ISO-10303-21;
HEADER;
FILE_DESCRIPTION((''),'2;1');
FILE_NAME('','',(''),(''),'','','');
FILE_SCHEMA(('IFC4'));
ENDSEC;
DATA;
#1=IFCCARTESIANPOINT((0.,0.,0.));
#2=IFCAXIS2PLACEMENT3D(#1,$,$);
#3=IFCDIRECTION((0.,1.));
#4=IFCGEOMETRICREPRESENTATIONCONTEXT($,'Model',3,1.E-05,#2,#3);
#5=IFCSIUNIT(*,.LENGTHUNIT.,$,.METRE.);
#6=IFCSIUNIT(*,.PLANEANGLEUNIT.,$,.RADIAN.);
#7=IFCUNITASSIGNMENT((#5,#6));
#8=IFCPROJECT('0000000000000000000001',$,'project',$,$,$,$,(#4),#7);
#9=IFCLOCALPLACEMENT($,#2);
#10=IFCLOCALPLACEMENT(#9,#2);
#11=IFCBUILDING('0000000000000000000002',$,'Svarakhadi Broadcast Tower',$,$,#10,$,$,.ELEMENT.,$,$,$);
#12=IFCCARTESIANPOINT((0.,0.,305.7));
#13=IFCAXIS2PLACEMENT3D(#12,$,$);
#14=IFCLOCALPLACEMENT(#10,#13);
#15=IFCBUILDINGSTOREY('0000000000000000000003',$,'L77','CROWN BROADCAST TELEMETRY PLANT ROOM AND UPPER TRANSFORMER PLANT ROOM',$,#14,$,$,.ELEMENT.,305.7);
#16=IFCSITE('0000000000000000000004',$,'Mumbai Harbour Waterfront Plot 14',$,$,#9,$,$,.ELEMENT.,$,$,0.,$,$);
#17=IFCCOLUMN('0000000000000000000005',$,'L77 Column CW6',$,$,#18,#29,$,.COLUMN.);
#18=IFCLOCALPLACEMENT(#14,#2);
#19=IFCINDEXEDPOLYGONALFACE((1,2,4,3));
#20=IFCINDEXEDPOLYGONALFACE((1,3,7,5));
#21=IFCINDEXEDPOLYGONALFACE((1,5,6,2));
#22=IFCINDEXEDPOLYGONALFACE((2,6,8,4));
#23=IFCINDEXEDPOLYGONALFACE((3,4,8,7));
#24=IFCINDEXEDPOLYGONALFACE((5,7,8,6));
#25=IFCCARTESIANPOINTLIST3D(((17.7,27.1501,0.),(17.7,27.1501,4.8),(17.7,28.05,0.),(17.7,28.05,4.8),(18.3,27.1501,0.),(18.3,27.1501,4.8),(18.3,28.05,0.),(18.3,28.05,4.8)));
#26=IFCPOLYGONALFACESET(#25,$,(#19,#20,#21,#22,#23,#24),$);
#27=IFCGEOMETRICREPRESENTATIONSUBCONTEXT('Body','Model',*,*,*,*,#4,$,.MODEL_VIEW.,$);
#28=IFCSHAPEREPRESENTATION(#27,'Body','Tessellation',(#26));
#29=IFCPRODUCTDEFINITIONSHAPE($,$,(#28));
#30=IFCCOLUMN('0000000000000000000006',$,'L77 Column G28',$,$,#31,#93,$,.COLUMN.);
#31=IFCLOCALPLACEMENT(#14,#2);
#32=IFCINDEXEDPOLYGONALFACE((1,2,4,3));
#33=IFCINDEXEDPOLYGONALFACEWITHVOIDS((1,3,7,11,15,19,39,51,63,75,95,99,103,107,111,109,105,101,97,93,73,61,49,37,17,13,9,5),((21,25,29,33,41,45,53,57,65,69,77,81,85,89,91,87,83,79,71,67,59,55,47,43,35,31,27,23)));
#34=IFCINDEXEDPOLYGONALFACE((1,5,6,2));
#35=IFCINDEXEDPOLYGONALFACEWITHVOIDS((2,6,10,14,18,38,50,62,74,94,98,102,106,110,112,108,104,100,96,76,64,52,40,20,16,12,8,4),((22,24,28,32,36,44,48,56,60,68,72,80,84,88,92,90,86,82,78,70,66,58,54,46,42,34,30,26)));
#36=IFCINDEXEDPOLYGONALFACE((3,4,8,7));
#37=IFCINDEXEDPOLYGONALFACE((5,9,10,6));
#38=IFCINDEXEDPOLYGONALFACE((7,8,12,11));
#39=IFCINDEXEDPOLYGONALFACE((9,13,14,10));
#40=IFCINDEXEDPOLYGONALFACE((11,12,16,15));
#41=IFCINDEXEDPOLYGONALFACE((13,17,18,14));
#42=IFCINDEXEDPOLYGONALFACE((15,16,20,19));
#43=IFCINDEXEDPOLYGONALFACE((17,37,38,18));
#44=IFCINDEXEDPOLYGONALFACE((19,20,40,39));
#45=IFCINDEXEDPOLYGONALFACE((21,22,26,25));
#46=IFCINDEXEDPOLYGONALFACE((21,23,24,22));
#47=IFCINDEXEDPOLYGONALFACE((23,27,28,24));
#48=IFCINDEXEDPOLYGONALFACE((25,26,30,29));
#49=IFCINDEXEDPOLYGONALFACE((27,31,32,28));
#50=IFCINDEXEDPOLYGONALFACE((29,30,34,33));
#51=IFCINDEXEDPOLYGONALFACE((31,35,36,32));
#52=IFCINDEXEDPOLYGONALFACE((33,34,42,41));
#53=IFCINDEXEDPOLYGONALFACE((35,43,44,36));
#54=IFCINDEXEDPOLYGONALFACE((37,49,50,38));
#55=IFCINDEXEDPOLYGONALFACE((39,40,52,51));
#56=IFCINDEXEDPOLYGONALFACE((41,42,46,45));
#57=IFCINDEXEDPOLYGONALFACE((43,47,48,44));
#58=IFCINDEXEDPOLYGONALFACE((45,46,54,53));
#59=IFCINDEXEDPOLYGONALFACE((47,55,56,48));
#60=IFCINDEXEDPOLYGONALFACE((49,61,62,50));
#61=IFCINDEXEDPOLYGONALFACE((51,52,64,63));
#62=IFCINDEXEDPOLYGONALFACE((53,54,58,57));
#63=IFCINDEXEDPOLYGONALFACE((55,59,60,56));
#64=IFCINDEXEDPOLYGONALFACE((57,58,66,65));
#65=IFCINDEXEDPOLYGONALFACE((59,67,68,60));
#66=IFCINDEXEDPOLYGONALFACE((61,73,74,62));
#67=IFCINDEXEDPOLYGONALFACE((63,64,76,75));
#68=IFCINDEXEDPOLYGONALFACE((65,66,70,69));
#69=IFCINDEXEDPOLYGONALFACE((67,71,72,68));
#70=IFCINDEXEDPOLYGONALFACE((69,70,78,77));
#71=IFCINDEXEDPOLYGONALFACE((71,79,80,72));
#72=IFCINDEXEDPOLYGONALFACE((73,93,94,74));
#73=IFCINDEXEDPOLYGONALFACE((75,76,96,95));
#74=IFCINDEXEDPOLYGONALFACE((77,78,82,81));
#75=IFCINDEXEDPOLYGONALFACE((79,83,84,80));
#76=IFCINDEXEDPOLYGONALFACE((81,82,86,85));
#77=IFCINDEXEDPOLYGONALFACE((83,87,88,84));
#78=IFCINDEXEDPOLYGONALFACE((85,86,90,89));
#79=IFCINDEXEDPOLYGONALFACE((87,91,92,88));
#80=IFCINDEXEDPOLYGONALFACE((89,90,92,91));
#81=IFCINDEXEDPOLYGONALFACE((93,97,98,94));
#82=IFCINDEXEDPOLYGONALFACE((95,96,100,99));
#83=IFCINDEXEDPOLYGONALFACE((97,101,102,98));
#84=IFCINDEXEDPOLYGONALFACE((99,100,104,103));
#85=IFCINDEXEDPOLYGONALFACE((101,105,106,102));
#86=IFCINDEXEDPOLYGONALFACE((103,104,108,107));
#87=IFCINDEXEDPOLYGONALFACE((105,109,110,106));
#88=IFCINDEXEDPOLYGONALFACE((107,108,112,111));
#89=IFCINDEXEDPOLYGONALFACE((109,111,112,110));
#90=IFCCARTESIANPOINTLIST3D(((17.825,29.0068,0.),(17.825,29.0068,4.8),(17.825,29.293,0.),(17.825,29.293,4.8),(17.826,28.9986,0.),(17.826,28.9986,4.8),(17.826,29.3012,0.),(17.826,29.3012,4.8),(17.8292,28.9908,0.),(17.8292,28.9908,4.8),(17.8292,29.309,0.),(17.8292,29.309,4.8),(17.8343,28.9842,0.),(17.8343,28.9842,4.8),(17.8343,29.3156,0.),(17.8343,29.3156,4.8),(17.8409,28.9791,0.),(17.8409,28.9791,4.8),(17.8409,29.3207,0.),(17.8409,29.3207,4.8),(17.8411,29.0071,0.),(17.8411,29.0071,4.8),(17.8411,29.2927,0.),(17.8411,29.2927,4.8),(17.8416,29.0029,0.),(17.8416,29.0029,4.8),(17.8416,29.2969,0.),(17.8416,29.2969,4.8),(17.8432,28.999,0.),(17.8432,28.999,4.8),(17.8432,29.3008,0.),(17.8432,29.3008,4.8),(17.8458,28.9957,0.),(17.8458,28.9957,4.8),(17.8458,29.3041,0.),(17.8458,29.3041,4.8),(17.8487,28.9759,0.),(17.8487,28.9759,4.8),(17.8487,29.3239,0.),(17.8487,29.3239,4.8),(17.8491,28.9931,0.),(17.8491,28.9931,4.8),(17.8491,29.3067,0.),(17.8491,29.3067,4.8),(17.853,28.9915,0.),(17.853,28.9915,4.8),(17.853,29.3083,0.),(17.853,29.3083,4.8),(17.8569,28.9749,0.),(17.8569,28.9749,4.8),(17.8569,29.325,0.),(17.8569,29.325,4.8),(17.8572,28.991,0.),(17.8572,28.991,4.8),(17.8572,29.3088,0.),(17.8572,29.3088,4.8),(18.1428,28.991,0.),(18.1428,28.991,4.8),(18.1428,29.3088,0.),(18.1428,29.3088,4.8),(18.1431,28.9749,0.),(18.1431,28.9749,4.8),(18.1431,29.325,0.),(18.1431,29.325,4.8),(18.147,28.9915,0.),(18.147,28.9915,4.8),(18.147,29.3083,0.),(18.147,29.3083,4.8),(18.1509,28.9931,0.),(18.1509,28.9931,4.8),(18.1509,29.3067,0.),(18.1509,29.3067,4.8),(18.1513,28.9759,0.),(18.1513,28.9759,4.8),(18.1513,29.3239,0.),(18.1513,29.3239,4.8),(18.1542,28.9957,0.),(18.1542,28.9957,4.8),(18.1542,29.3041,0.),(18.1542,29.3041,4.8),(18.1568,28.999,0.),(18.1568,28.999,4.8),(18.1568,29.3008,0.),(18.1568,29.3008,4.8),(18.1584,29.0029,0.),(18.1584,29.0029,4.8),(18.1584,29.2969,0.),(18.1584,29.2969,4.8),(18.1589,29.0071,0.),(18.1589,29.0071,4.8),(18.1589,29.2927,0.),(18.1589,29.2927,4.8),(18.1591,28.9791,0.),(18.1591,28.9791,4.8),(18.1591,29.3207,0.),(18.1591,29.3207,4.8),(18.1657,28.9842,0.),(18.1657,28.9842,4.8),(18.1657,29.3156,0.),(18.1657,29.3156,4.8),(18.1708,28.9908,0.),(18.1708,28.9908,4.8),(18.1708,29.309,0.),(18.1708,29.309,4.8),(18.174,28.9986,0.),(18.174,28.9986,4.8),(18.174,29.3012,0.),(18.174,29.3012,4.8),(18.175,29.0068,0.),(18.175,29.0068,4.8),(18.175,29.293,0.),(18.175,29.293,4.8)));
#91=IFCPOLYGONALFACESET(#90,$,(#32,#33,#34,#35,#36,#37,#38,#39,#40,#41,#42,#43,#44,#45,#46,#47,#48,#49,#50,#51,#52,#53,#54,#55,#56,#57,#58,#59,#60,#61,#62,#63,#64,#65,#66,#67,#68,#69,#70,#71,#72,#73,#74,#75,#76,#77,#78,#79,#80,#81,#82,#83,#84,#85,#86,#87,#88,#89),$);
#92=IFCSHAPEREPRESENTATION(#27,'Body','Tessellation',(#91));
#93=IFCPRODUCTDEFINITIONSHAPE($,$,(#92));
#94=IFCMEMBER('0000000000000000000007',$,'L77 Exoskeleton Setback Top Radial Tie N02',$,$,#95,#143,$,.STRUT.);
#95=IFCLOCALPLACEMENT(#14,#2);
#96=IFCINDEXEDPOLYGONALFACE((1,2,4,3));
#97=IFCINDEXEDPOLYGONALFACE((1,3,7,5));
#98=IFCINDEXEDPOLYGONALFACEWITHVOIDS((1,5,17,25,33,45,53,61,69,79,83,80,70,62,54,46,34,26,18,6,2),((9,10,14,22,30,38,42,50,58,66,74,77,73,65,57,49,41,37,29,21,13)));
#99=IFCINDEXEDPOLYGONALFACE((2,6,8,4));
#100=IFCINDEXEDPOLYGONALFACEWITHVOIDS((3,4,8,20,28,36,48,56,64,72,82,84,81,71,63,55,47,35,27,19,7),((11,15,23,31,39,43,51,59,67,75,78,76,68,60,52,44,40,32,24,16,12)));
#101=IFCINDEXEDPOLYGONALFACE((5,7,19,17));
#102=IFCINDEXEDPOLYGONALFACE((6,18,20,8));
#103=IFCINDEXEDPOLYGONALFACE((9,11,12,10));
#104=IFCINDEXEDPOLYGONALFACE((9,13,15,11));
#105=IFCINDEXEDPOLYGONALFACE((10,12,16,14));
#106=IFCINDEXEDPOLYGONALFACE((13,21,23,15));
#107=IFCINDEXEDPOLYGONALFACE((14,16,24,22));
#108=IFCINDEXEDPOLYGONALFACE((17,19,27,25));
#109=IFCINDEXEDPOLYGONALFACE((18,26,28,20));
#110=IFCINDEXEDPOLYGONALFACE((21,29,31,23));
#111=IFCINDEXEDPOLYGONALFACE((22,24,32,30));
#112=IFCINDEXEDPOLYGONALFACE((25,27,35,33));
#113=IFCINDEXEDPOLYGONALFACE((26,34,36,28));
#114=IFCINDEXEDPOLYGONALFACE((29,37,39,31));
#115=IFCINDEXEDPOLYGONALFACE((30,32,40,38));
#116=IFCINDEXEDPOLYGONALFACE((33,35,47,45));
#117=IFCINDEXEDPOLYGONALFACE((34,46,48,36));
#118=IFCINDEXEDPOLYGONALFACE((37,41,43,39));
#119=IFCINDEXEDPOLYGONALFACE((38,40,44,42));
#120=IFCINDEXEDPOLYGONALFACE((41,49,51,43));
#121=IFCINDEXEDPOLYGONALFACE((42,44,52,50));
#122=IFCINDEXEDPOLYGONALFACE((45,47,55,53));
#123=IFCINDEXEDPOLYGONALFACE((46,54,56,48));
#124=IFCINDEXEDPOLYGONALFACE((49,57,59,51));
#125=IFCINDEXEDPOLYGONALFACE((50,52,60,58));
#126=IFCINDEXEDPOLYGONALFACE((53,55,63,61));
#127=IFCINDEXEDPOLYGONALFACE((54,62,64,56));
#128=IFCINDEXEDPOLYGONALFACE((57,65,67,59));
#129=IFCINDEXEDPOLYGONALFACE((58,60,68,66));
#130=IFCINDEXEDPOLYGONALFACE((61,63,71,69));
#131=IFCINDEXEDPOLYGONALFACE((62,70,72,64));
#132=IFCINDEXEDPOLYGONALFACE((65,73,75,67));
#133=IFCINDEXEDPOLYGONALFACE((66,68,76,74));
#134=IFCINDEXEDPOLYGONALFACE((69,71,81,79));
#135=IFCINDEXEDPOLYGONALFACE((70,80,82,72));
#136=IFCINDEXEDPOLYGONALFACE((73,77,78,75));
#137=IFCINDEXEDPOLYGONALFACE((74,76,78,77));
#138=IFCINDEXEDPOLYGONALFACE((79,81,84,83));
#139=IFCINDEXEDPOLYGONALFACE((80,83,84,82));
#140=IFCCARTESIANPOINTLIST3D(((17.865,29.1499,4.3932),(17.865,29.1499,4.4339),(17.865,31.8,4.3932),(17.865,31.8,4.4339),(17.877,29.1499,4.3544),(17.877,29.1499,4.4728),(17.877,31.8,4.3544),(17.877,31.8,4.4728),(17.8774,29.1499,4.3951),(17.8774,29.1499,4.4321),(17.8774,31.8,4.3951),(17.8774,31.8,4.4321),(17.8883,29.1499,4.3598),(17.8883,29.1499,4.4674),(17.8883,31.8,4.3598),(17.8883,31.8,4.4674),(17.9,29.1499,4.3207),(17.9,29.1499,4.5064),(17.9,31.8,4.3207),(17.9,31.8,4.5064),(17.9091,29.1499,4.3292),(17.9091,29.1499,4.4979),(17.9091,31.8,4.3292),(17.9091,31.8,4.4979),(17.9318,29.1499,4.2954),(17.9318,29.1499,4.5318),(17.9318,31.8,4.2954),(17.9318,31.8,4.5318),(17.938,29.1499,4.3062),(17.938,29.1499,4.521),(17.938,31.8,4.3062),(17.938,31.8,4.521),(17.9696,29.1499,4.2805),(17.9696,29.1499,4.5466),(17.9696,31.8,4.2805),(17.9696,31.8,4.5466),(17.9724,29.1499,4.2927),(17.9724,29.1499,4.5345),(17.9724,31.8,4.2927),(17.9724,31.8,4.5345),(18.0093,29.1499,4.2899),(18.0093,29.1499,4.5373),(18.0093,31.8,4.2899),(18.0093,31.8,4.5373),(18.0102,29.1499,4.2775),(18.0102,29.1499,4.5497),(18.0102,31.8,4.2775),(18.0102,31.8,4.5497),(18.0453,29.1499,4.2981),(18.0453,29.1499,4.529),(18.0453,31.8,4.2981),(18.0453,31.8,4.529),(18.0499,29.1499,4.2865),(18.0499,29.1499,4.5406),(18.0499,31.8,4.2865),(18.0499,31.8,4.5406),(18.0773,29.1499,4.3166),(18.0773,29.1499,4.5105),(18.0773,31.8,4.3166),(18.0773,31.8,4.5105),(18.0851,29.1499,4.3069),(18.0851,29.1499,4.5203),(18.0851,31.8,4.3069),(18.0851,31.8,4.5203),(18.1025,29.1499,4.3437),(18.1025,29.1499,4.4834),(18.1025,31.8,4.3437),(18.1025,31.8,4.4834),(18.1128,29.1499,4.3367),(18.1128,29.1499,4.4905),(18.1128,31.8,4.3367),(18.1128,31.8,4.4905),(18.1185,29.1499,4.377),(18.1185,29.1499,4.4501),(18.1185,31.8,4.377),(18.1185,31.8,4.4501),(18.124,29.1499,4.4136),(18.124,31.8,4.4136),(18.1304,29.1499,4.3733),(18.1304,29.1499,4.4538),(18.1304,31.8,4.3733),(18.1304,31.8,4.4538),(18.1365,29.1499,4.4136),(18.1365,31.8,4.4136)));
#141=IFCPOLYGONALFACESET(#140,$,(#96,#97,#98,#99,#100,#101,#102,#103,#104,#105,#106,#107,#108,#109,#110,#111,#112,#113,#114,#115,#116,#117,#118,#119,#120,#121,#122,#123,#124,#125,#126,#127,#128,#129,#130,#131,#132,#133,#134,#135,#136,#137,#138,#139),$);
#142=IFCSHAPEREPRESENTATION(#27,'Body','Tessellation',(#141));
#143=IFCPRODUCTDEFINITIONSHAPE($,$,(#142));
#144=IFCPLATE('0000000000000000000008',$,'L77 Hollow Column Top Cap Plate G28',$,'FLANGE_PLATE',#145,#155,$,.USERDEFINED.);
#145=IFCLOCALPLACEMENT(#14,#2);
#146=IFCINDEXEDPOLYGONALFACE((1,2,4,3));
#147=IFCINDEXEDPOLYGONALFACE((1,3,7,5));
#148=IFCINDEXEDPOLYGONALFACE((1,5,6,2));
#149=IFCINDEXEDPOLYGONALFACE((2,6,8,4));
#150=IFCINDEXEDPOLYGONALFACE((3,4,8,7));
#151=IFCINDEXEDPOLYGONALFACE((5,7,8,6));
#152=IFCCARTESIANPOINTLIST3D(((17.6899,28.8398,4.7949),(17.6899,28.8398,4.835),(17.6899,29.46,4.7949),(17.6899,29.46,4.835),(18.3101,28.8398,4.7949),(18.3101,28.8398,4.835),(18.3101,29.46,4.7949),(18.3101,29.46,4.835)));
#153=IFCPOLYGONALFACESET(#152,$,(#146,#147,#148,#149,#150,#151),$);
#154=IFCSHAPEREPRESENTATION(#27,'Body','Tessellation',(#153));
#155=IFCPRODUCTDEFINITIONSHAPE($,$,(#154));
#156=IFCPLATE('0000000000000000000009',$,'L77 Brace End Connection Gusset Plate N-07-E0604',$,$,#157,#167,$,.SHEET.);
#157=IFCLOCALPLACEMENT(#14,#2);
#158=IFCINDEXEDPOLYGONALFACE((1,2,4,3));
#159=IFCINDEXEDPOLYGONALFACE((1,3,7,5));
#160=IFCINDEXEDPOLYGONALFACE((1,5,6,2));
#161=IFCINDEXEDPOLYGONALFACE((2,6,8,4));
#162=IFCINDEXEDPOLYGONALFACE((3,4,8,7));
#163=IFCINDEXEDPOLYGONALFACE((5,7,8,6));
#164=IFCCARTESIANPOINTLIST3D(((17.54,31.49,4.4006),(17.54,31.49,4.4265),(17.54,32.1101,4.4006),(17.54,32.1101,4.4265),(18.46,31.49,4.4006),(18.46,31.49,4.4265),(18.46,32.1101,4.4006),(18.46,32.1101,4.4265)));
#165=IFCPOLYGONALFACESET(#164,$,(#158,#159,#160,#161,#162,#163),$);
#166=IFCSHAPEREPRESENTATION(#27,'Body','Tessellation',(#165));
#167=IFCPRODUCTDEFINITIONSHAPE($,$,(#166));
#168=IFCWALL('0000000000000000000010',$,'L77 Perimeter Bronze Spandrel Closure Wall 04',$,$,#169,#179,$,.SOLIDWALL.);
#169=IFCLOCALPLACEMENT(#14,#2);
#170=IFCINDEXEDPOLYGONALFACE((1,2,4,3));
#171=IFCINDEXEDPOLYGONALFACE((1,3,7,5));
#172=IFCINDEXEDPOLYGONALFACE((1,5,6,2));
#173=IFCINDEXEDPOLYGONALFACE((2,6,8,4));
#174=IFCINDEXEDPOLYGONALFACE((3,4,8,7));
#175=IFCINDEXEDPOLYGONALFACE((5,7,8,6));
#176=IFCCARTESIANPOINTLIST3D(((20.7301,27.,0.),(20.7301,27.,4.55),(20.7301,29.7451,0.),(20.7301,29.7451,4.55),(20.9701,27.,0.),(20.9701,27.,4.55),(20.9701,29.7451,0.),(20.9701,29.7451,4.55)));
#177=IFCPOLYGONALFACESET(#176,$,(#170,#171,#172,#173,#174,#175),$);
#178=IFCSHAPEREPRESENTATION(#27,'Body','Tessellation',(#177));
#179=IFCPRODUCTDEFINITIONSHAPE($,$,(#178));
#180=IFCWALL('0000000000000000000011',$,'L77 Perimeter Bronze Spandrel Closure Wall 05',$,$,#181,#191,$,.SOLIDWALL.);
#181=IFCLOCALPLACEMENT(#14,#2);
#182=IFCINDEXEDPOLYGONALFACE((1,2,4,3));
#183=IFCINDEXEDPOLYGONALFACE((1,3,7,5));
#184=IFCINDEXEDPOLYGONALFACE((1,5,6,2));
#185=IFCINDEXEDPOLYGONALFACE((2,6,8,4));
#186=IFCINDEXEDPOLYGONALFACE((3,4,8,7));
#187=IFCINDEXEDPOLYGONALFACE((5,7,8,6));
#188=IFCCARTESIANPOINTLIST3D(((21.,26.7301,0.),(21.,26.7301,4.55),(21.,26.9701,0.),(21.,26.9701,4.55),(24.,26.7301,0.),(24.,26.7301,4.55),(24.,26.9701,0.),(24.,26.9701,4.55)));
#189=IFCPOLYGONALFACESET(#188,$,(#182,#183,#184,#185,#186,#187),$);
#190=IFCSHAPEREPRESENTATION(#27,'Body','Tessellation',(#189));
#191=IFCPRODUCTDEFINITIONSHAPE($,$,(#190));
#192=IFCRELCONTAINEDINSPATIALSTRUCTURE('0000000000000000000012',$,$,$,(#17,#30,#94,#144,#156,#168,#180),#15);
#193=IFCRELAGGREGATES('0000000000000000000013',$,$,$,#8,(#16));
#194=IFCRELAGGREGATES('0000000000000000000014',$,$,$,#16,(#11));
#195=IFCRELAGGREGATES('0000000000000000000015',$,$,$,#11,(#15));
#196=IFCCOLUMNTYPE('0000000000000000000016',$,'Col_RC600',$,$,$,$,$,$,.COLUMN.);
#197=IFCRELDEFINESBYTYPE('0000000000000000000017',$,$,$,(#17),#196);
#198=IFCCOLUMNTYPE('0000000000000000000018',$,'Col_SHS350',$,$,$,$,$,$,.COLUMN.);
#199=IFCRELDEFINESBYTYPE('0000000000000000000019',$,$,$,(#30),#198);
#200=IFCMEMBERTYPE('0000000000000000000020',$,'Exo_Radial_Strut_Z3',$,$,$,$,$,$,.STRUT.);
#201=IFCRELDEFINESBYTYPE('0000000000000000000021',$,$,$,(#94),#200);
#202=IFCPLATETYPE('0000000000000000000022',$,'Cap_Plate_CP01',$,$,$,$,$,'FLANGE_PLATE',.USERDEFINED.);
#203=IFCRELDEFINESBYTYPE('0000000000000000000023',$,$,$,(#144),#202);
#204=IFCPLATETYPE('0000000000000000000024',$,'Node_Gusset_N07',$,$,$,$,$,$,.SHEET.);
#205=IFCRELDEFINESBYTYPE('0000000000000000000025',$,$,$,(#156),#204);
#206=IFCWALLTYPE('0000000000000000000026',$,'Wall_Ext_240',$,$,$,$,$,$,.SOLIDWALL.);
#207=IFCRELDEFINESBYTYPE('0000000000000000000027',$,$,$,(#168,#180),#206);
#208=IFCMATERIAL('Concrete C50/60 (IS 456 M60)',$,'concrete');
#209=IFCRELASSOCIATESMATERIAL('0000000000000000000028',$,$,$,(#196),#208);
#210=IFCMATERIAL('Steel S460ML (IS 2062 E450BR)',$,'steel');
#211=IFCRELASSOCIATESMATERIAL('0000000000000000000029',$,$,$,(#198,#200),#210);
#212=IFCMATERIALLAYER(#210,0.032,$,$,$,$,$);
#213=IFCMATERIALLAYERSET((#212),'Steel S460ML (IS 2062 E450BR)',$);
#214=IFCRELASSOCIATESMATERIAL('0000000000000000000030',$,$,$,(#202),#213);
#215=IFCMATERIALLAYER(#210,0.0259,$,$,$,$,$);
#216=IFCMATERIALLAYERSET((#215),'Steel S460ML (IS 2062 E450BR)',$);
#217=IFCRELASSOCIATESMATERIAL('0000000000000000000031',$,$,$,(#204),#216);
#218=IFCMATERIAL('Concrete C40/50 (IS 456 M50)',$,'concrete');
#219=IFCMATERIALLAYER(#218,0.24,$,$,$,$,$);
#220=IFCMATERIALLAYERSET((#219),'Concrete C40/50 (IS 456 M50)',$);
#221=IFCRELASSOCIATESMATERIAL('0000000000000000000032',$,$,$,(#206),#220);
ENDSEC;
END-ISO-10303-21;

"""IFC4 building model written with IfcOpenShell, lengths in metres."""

from ifc_helpers import new_model, si_unit, direction, frame, frame_2d, origin, origin_2d, place, context, subcontext, project, spatial, rectangle, hollow_rectangle, hollow_circle, extrude, material, layer, layer_set, material_profile, profile_set, type_object, element, save


model = new_model("IFC4")

# Units and contexts
model_context = context("Model", 3, precision=1e-05, world=origin(), true_north=direction((0.0, 1.0)))
body_context = subcontext(model_context, "Body", "Model", "MODEL_VIEW")
ifc_project = project(units=[si_unit("LENGTHUNIT", "METRE"), si_unit("PLANEANGLEUNIT", "RADIAN")], contexts=[model_context])

# Site, building, storey
site_placement = place(None, origin())
site = spatial("IfcSite", under=ifc_project, at=site_placement, Name="Mumbai Harbour Waterfront Plot 14", CompositionType="ELEMENT", RefElevation=0.0)
building_placement = place(site_placement, origin())
building = spatial("IfcBuilding", under=site, at=building_placement, Name="Svarakhadi Broadcast Tower", CompositionType="ELEMENT")
storey_placement = place(building_placement, frame((0.0, 0.0, 305.7)))
storey = spatial("IfcBuildingStorey", under=building, at=storey_placement, Name="L77", Description="CROWN BROADCAST TELEMETRY PLANT ROOM AND UPPER TRANSFORMER PLANT ROOM", CompositionType="ELEMENT", Elevation=305.7)

# Columns
ifc_material_1 = material(Name="Concrete C50/60 (IS 456 M60)", Category="concrete")
ifc_material_profile_1 = material_profile(ifc_material_1, rectangle(XDim=0.6001, YDim=0.8999, at=origin_2d()), Name="RC 600x900")
ifc_profile_set_1 = profile_set([ifc_material_profile_1], Name="Concrete C50/60 (IS 456 M60)")
column_type_1 = type_object("IfcColumnType", Name="Col_RC600", PredefinedType="COLUMN", material=ifc_profile_set_1)
column_1_placement = place(storey_placement, frame((18.0, 27.6001, 0.0), z_axis=(0.0, 0.0, 1.0), x_axis=(1.0, 0.0, 0.0)))
element("IfcColumn", 1, at=column_1_placement, inside=storey, type_object=column_type_1, Name="L77 Column CW6", PredefinedType="COLUMN", context=body_context, shape_type="SweptSolid", body=[
    extrude(rectangle(XDim=0.6001, YDim=0.8999, at=origin_2d()), origin(), (0.0, 0.0, 1.0), 4.8),
])
ifc_material_2 = material(Name="Steel S460ML (IS 2062 E450BR)", Category="steel")
ifc_material_profile_2 = material_profile(ifc_material_2, hollow_rectangle(XDim=0.3501, YDim=0.3501, WallThickness=0.0161, InnerFilletRadius=0.0161, OuterFilletRadius=0.032, at=origin_2d()), Name="SHS 350x350x16")
ifc_profile_set_2 = profile_set([ifc_material_profile_2], Name="Steel S460ML (IS 2062 E450BR)")
column_type_2 = type_object("IfcColumnType", Name="Col_SHS350", PredefinedType="COLUMN", material=ifc_profile_set_2)
column_2_placement = place(storey_placement, frame((18.0, 29.1499, 0.0), z_axis=(0.0, 0.0, 1.0), x_axis=(1.0, 0.0, 0.0)))
element("IfcColumn", 2, at=column_2_placement, inside=storey, type_object=column_type_2, Name="L77 Column G28", PredefinedType="COLUMN", context=body_context, shape_type="SweptSolid", body=[
    extrude(hollow_rectangle(XDim=0.3501, YDim=0.3501, WallThickness=0.0161, InnerFilletRadius=0.0161, OuterFilletRadius=0.032, at=origin_2d()), origin(), (0.0, 0.0, 1.0), 4.8),
])

# Member
ifc_material_profile_3 = material_profile(ifc_material_2, hollow_circle(Radius=0.1365, WallThickness=0.0125, at=origin_2d()), Name="CHS 273x12.5")
ifc_profile_set_3 = profile_set([ifc_material_profile_3], Name="Steel S460ML (IS 2062 E450BR)")
member_type = type_object("IfcMemberType", Name="Exo_Radial_Strut_Z3", PredefinedType="STRUT", material=ifc_profile_set_3)
member_placement = place(storey_placement, frame((18.0, 31.8, 4.4136), z_axis=(0.0, -1.0, 0.0), x_axis=(1.0, 0.0, 0.0)))
element("IfcMember", 3, at=member_placement, inside=storey, type_object=member_type, Name="L77 Exoskeleton Setback Top Radial Tie N02", PredefinedType="STRUT", context=body_context, shape_type="SweptSolid", body=[
    extrude(hollow_circle(Radius=0.1365, WallThickness=0.0125, at=origin_2d()), origin(), (0.0, 0.0, 1.0), 2.6501),
])

# Plates
ifc_layer_1 = layer(ifc_material_2, 0.032)
ifc_layer_set_1 = layer_set([ifc_layer_1], Name="Steel S460ML (IS 2062 E450BR)")
plate_type_1 = type_object("IfcPlateType", Name="Cap_Plate_CP01", ElementType="FLANGE_PLATE", PredefinedType="USERDEFINED", material=ifc_layer_set_1)
plate_1_placement = place(storey_placement, frame((18.0, 29.1499, 4.7949), z_axis=(0.0, 0.0, 1.0), x_axis=(1.0, 0.0, 0.0)))
element("IfcPlate", 4, at=plate_1_placement, inside=storey, type_object=plate_type_1, Name="L77 Hollow Column Top Cap Plate G28", ObjectType="FLANGE_PLATE", PredefinedType="USERDEFINED", context=body_context, shape_type="SweptSolid", body=[
    extrude(rectangle(XDim=0.6201, YDim=0.6201, at=origin_2d()), origin(), (0.0, 0.0, 1.0), 0.04),
])
ifc_layer_2 = layer(ifc_material_2, 0.0259)
ifc_layer_set_2 = layer_set([ifc_layer_2], Name="Steel S460ML (IS 2062 E450BR)")
plate_type_2 = type_object("IfcPlateType", Name="Node_Gusset_N07", PredefinedType="SHEET", material=ifc_layer_set_2)
plate_2_placement = place(storey_placement, frame((18.0, 31.8, 4.4006), z_axis=(0.0, 0.0, 1.0), x_axis=(1.0, 0.0, 0.0)))
element("IfcPlate", 5, at=plate_2_placement, inside=storey, type_object=plate_type_2, Name="L77 Brace End Connection Gusset Plate N-07-E0604", PredefinedType="SHEET", context=body_context, shape_type="SweptSolid", body=[
    extrude(rectangle(XDim=0.9199, YDim=0.6201, at=origin_2d()), origin(), (0.0, 0.0, 1.0), 0.0259),
])

# Walls
ifc_material_3 = material(Name="Concrete C40/50 (IS 456 M50)", Category="concrete")
ifc_layer_3 = layer(ifc_material_3, 0.24)
ifc_layer_set_3 = layer_set([ifc_layer_3], Name="Concrete C40/50 (IS 456 M50)")
wall_type_1 = type_object("IfcWallType", Name="Wall_Ext_240", PredefinedType="SOLIDWALL", material=ifc_layer_set_3)
wall_1_placement = place(storey_placement, frame((20.8501, 29.7451, 0.0), z_axis=(0.0, 0.0, 1.0), x_axis=(0.0, -1.0, 0.0)))
element("IfcWall", 6, at=wall_1_placement, inside=storey, type_object=wall_type_1, Name="L77 Perimeter Bronze Spandrel Closure Wall 04", PredefinedType="SOLIDWALL", context=body_context, shape_type="SweptSolid", body=[
    extrude(rectangle(XDim=2.7451, YDim=0.24, at=frame_2d((1.3726, 0.0))), origin(), (0.0, 0.0, 1.0), 4.55),
])
wall_2_placement = place(storey_placement, frame((21.0, 26.8501, 0.0), z_axis=(0.0, 0.0, 1.0), x_axis=(1.0, 0.0, 0.0)))
element("IfcWall", 7, at=wall_2_placement, inside=storey, type_object=wall_type_1, Name="L77 Perimeter Bronze Spandrel Closure Wall 05", PredefinedType="SOLIDWALL", context=body_context, shape_type="SweptSolid", body=[
    extrude(rectangle(XDim=3.0, YDim=0.24, at=frame_2d((1.5, 0.0))), origin(), (0.0, 0.0, 1.0), 4.55),
])

save(model, "model.ifc")
